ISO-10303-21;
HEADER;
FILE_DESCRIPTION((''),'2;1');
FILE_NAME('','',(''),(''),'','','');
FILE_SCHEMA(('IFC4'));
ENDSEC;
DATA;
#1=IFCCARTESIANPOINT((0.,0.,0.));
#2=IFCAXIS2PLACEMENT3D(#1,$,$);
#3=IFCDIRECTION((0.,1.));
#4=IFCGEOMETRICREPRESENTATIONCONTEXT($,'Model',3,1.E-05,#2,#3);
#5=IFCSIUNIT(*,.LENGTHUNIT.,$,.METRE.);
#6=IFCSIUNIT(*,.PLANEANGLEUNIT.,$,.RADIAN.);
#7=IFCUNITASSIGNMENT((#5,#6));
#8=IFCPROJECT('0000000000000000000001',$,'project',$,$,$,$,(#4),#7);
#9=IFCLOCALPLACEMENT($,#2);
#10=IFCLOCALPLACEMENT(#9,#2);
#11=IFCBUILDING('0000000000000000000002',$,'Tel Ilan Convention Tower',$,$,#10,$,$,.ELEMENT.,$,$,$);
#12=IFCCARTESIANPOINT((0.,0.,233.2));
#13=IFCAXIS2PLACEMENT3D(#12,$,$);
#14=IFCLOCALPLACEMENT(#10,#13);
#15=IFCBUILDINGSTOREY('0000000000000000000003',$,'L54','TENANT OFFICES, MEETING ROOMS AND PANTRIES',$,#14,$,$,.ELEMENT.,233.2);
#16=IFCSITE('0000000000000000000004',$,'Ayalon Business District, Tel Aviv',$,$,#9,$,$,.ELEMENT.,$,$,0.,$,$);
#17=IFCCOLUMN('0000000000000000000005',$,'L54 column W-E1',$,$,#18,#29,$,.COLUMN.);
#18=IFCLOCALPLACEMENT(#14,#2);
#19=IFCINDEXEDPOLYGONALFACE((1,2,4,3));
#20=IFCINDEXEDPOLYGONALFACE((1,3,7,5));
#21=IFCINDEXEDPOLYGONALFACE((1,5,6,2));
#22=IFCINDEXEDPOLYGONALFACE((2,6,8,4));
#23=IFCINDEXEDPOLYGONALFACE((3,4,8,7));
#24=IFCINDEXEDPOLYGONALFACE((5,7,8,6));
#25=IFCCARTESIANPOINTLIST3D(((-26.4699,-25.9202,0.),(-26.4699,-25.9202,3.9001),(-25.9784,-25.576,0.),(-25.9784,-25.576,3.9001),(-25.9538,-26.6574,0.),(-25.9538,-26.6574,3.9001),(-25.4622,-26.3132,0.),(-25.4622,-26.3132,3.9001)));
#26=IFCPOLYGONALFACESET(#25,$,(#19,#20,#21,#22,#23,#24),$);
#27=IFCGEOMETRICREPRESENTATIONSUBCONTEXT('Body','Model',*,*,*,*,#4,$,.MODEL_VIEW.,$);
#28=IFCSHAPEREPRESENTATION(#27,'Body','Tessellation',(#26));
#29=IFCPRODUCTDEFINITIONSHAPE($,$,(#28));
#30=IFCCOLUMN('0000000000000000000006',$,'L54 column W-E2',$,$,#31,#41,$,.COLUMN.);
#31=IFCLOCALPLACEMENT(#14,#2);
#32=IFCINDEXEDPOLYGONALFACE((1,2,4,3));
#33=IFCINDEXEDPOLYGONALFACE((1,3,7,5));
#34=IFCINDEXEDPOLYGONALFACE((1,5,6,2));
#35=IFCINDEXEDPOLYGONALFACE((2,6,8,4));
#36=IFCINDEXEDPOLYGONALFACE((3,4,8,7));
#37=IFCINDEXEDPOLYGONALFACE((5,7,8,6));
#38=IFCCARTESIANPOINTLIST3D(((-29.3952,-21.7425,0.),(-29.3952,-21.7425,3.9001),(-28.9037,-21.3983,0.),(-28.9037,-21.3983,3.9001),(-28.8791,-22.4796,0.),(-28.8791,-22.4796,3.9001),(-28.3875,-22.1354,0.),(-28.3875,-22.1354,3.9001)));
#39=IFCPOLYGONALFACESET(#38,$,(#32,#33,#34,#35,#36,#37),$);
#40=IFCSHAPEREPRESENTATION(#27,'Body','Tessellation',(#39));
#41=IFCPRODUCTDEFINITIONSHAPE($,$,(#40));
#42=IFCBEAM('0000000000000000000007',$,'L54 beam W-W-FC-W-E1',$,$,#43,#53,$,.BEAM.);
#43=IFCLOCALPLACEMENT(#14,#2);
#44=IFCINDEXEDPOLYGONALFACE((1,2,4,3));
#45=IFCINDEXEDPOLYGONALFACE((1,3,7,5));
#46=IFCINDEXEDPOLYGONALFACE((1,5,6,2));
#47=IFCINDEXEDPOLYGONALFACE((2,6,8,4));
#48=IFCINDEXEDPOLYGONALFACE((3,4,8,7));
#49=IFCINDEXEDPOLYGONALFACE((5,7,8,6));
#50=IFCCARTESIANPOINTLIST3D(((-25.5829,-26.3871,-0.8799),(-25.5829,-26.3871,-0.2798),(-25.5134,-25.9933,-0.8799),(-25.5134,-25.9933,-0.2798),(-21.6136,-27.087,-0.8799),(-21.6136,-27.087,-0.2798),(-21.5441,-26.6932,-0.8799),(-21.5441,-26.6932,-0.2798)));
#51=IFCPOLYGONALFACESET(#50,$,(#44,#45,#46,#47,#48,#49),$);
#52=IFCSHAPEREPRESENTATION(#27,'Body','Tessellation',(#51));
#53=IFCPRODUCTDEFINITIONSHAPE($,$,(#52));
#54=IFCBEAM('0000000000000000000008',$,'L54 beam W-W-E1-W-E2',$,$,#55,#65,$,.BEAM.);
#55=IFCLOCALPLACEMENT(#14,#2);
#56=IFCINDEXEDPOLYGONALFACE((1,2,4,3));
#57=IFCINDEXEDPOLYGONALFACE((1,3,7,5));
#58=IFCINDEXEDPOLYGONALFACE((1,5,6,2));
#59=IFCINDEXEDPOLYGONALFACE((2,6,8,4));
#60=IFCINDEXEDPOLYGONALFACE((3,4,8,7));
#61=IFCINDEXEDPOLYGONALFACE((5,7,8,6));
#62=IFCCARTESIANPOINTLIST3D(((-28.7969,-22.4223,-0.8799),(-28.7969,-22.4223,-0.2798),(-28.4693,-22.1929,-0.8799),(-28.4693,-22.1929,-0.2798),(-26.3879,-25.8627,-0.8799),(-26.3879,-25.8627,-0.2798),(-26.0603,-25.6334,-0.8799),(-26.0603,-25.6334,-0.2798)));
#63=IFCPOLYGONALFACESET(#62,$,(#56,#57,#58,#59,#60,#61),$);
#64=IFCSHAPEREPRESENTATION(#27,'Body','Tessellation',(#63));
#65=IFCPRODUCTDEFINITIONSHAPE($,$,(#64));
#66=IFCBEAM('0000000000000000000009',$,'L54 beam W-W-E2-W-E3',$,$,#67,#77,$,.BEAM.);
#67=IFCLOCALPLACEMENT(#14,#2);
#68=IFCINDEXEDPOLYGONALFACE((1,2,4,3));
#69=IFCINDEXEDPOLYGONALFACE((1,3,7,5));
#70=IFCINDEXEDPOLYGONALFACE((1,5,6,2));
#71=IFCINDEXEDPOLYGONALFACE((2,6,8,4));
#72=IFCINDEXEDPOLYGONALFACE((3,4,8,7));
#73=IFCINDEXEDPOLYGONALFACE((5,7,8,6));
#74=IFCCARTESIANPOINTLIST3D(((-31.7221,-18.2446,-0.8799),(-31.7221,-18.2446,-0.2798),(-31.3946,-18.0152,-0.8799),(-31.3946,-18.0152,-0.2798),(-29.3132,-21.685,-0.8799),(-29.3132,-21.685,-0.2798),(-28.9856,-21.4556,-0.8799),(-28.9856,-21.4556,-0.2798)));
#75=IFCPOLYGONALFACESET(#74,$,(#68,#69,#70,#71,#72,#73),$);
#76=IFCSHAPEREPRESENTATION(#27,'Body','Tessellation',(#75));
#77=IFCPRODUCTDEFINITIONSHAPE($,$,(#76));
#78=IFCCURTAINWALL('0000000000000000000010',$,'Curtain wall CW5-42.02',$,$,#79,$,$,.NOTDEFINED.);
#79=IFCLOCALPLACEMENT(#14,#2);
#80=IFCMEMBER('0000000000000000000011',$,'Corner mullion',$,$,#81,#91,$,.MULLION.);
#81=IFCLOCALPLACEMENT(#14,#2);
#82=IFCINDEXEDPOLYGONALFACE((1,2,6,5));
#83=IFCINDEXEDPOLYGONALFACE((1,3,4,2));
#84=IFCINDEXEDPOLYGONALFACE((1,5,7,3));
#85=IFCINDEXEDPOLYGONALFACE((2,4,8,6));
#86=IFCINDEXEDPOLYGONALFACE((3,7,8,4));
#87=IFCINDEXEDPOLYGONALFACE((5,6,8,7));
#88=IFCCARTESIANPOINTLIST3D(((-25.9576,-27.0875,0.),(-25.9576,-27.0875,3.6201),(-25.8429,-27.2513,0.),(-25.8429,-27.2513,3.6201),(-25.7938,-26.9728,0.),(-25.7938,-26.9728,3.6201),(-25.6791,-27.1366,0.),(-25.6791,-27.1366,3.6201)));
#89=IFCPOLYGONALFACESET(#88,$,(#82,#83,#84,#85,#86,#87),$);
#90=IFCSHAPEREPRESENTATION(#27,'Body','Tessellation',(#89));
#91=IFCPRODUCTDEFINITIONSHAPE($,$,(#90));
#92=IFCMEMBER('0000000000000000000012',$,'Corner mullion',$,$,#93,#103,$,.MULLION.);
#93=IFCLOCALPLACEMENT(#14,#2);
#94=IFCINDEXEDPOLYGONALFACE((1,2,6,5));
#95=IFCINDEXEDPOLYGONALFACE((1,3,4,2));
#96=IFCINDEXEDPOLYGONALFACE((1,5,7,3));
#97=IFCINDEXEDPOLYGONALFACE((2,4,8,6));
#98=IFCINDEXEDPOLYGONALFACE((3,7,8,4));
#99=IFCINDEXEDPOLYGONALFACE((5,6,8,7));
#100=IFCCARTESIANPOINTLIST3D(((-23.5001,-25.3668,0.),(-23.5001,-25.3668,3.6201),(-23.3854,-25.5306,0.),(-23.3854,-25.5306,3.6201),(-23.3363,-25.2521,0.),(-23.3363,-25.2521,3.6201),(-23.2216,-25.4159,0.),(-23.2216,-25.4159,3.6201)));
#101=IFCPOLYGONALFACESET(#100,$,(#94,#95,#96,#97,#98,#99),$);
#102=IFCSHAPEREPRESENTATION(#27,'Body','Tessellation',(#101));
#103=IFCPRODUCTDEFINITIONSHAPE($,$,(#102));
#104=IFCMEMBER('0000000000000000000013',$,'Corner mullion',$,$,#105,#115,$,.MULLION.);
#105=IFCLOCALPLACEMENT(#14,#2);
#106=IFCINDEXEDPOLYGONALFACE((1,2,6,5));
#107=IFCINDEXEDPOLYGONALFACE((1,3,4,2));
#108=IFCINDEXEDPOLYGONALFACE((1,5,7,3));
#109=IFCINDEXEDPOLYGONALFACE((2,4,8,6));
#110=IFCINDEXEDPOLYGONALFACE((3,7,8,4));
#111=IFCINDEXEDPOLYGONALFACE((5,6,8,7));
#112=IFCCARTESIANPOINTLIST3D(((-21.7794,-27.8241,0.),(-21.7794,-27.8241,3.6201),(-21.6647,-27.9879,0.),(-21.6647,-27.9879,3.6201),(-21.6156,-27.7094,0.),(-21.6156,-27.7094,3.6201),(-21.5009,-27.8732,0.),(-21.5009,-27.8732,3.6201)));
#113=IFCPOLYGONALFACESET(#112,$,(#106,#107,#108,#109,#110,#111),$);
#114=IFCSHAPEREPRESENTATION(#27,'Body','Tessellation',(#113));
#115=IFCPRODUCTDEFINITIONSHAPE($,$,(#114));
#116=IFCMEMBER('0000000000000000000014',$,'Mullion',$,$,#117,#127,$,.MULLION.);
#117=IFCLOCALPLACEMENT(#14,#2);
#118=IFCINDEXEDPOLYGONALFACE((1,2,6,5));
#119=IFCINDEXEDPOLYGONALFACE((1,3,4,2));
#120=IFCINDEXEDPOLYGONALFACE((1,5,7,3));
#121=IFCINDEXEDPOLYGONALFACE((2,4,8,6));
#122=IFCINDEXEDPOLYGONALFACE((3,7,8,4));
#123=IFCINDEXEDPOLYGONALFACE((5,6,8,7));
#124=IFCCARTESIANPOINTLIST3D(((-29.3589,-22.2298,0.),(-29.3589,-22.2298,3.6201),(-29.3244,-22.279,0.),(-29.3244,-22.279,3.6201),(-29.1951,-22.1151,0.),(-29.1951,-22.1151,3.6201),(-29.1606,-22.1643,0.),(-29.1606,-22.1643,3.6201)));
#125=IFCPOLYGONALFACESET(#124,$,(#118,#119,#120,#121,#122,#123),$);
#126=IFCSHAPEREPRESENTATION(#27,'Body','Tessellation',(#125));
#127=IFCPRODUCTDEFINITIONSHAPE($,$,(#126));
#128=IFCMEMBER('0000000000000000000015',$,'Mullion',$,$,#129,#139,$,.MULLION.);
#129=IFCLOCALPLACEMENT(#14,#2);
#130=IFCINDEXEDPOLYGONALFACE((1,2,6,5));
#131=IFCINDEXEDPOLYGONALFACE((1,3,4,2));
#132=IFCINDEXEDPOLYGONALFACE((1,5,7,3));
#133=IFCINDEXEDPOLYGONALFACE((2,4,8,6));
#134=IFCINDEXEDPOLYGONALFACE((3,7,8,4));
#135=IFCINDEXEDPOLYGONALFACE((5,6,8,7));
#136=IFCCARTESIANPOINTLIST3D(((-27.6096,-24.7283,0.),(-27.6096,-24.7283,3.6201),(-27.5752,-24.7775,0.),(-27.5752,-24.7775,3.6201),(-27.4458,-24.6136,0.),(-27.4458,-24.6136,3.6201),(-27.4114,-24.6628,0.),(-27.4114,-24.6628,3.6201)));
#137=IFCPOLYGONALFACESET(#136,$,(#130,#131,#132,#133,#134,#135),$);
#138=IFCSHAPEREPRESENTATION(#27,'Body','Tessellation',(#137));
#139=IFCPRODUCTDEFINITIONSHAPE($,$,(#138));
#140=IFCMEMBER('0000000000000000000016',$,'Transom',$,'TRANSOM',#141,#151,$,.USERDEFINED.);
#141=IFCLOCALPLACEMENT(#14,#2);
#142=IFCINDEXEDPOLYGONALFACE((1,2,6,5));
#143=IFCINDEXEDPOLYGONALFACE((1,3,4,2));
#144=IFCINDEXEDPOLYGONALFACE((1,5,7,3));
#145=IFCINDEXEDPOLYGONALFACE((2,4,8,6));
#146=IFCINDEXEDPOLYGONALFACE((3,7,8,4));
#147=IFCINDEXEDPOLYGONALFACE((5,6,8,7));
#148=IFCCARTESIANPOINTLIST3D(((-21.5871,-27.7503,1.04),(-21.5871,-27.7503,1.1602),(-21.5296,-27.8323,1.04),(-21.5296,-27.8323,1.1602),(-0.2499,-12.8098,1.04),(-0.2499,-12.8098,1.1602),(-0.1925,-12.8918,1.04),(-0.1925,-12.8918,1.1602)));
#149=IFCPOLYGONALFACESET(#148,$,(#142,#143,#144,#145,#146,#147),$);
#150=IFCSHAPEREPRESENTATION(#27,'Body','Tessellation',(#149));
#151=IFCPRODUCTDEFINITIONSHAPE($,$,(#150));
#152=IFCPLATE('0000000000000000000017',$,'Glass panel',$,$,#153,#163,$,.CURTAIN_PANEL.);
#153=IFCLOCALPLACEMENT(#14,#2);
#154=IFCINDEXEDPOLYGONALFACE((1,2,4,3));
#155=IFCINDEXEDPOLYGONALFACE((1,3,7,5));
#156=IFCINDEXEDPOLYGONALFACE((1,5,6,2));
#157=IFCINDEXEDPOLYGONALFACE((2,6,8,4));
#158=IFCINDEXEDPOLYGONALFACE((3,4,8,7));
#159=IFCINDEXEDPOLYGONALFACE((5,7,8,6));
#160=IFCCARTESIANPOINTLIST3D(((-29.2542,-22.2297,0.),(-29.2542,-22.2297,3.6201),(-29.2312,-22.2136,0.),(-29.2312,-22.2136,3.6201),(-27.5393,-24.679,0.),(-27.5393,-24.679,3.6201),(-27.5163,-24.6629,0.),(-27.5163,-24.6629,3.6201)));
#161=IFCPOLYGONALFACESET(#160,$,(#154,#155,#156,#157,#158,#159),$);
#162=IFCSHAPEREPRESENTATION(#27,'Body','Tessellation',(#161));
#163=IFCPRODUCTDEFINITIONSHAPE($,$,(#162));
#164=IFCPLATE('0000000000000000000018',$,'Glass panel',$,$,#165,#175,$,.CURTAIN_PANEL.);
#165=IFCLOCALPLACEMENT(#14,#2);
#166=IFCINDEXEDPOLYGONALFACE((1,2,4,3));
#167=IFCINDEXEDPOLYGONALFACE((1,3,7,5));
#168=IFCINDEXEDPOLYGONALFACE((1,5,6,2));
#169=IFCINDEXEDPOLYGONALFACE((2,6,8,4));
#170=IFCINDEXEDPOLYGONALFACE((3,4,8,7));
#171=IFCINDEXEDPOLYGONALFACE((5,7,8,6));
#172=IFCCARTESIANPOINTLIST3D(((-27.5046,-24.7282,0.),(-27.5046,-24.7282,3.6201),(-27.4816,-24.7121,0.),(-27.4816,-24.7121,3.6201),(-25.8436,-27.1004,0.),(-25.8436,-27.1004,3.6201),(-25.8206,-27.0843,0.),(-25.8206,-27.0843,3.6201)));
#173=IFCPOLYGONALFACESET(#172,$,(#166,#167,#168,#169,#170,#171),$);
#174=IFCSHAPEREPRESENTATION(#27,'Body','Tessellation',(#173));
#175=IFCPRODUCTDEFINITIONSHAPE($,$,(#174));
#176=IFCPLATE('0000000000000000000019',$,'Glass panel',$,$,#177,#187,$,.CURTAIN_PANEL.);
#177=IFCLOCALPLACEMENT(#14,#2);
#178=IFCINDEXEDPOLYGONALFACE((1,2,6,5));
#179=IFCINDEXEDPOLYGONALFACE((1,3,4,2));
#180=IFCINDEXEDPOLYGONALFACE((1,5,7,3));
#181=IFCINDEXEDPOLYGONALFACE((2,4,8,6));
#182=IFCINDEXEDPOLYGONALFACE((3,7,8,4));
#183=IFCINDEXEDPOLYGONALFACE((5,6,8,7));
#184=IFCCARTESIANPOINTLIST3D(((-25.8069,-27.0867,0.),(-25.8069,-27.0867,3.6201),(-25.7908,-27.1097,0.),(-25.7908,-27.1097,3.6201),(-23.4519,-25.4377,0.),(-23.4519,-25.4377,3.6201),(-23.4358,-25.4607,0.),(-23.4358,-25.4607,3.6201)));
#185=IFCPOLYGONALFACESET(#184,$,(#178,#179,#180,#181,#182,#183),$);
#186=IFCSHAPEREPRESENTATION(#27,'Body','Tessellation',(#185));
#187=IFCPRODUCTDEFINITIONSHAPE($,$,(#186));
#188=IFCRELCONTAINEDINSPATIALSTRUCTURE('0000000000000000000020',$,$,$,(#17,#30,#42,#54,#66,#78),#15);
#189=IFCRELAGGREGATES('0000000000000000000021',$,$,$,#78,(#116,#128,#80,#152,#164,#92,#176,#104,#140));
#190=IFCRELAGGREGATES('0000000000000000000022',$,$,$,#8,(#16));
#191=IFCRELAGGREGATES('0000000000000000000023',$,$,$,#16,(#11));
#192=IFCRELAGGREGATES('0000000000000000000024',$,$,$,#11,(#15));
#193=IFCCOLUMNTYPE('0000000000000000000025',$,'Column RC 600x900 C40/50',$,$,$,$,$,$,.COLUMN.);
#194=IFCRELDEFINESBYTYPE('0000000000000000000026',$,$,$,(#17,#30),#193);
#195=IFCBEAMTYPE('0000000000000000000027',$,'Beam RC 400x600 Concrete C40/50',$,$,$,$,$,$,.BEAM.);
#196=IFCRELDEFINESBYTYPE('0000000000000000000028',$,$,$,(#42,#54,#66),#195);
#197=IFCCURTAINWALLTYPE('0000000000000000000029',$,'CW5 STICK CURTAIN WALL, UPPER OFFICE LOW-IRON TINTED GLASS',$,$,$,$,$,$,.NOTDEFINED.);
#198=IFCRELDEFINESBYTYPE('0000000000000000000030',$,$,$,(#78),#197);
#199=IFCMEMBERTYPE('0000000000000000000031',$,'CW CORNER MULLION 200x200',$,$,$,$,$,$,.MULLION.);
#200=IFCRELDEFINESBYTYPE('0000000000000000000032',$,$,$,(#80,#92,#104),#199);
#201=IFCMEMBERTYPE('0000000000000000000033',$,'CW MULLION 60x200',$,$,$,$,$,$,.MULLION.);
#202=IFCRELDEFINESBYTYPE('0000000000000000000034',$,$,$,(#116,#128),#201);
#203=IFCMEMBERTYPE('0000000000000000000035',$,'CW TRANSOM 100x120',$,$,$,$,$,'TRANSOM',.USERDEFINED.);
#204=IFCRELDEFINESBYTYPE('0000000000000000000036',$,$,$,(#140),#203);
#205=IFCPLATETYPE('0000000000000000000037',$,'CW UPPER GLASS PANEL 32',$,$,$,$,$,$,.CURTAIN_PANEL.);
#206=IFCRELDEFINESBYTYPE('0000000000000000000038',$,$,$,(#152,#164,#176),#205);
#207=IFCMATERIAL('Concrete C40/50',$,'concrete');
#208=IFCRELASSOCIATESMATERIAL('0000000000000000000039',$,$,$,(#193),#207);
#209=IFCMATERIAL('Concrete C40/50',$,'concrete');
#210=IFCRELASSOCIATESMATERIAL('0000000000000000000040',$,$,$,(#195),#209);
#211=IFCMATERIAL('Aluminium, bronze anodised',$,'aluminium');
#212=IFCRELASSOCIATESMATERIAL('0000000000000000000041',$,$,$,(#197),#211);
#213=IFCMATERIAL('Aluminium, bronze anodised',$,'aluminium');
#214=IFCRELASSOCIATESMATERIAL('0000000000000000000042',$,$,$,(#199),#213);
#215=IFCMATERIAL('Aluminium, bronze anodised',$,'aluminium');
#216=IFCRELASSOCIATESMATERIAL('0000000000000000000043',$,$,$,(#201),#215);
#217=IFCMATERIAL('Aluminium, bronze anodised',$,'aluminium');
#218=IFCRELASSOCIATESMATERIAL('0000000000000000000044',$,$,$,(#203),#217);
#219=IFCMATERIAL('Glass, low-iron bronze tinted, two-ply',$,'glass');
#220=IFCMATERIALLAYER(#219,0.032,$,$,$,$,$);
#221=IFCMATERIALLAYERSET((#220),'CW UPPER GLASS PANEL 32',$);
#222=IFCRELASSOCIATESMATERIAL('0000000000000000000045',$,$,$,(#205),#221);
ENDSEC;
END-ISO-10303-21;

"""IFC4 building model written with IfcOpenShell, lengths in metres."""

from ifc_helpers import new_model, si_unit, direction, frame, origin, origin_2d, place, context, subcontext, project, spatial, rectangle, extrude, material, layer, layer_set, material_profile, profile_set, type_object, element, aggregate, save


model = new_model("IFC4")

# Units and contexts
model_context = context("Model", 3, precision=1e-05, world=origin(), true_north=direction((0.0, 1.0)))
body_context = subcontext(model_context, "Body", "Model", "MODEL_VIEW")
ifc_project = project(units=[si_unit("LENGTHUNIT", "METRE"), si_unit("PLANEANGLEUNIT", "RADIAN")], contexts=[model_context])

# Site, building, storey
site_placement = place(None, origin())
site = spatial("IfcSite", under=ifc_project, at=site_placement, Name="Ayalon Business District, Tel Aviv", CompositionType="ELEMENT", RefElevation=0.0)
building_placement = place(site_placement, origin())
building = spatial("IfcBuilding", under=site, at=building_placement, Name="Tel Ilan Convention Tower", CompositionType="ELEMENT")
storey_placement = place(building_placement, frame((0.0, 0.0, 233.2)))
storey = spatial("IfcBuildingStorey", under=building, at=storey_placement, Name="L54", Description="TENANT OFFICES, MEETING ROOMS AND PANTRIES", CompositionType="ELEMENT", Elevation=233.2)

# Columns
ifc_material_1 = material(Name="Concrete C40/50", Category="concrete")
ifc_material_profile_1 = material_profile(ifc_material_1, rectangle(XDim=0.8999, YDim=0.6001, at=origin_2d()), Name="RC 600x900")
ifc_profile_set_1 = profile_set([ifc_material_profile_1], Name="Concrete C40/50")
column_type = type_object("IfcColumnType", Name="Column RC 600x900 C40/50", PredefinedType="COLUMN", material=ifc_profile_set_1)
for number, where, z_axis, x_axis, name in (
    (1, (-25.9661, -26.1167, 0.0), (0.0, 0.0, 1.0), (-0.573576, 0.819152, 0.0), "L54 column W-E1"),
    (2, (-28.8914, -21.939, 0.0), (0.0, 0.0, 1.0), (-0.573576, 0.819152, 0.0), "L54 column W-E2"),
):
    element("IfcColumn", number, at=place(storey_placement, frame(where, z_axis=z_axis, x_axis=x_axis)), inside=storey, type_object=column_type, Name=name, PredefinedType="COLUMN", context=body_context, shape_type="SweptSolid", body=[
        extrude(rectangle(XDim=0.8999, YDim=0.6001, at=origin_2d()), origin(), (0.0, 0.0, 1.0), 3.9001),
    ])

# Beams
ifc_material_2 = material(Name="Concrete C40/50", Category="concrete")
ifc_material_profile_2 = material_profile(ifc_material_2, rectangle(XDim=0.3999, YDim=0.6001, at=origin_2d()), Name="RC 400x600")
ifc_profile_set_2 = profile_set([ifc_material_profile_2], Name="Concrete C40/50")
beam_type = type_object("IfcBeamType", Name="Beam RC 400x600 Concrete C40/50", PredefinedType="BEAM", material=ifc_profile_set_2)
beam_placement = place(storey_placement, frame((-21.5789, -26.8901, -0.5798), z_axis=(-0.984805, 0.173664, 0.0), x_axis=(-0.173664, -0.984805, 0.0)))
element("IfcBeam", 3, at=beam_placement, inside=storey, type_object=beam_type, Name="L54 beam W-W-FC-W-E1", PredefinedType="BEAM", context=body_context, shape_type="SweptSolid", body=[
    extrude(rectangle(XDim=0.3999, YDim=0.6001, at=origin_2d()), origin(), (0.0, 0.0, 1.0), 4.0305),
])
for number, where, z_axis, x_axis, name in (
    (4, (-26.2241, -25.748, -0.5798), (-0.573564, 0.819161, 0.0), (-0.819161, -0.573564, 0.0), "L54 beam W-W-E1-W-E2"),
    (5, (-29.1494, -21.5703, -0.5798), (-0.573564, 0.819161, 0.0), (-0.819161, -0.573564, 0.0), "L54 beam W-W-E2-W-E3"),
):
    element("IfcBeam", number, at=place(storey_placement, frame(where, z_axis=z_axis, x_axis=x_axis)), inside=storey, type_object=beam_type, Name=name, PredefinedType="BEAM", context=body_context, shape_type="SweptSolid", body=[
        extrude(rectangle(XDim=0.3999, YDim=0.6001, at=origin_2d()), origin(), (0.0, 0.0, 1.0), 4.2),
    ])

# Curtain wall, members, plates
ifc_material_3 = material(Name="Aluminium, bronze anodised", Category="aluminium")
curtain_wall_type = type_object("IfcCurtainWallType", Name="CW5 STICK CURTAIN WALL, UPPER OFFICE LOW-IRON TINTED GLASS", PredefinedType="NOTDEFINED", material=ifc_material_3)
curtain_wall_placement = place(storey_placement, origin())
curtain_wall = element("IfcCurtainWall", 6, at=curtain_wall_placement, inside=storey, type_object=curtain_wall_type, Name="Curtain wall CW5-42.02", PredefinedType="NOTDEFINED")
ifc_material_4 = material(Name="Aluminium, bronze anodised", Category="aluminium")
ifc_material_profile_3 = material_profile(ifc_material_4, rectangle(XDim=0.2, YDim=0.2, at=origin_2d()), Name="CW CORNER MULLION 200x200")
ifc_profile_set_3 = profile_set([ifc_material_profile_3], Name="Aluminium, bronze anodised")
member_type_1 = type_object("IfcMemberType", Name="CW CORNER MULLION 200x200", PredefinedType="MULLION", material=ifc_profile_set_3)
member_1_placement = place(storey_placement, frame((-25.8184, -27.1121, 0.0), z_axis=(0.0, 0.0, 1.0), x_axis=(0.573576, -0.819152, 0.0)))
member_1 = element("IfcMember", 7, at=member_1_placement, type_object=member_type_1, Name="Corner mullion", PredefinedType="MULLION", context=body_context, shape_type="SweptSolid", body=[
    extrude(rectangle(XDim=0.2, YDim=0.2, at=origin_2d()), origin(), (0.0, 0.0, 1.0), 3.6201),
])
member_2_placement = place(storey_placement, frame((-23.3608, -25.3914, 0.0), z_axis=(0.0, 0.0, 1.0), x_axis=(0.819152, 0.573576, 0.0)))
member_2 = element("IfcMember", 8, at=member_2_placement, type_object=member_type_1, Name="Corner mullion", PredefinedType="MULLION", context=body_context, shape_type="SweptSolid", body=[
    extrude(rectangle(XDim=0.2, YDim=0.2, at=origin_2d()), origin(), (0.0, 0.0, 1.0), 3.6201),
])
member_3_placement = place(storey_placement, frame((-21.6401, -27.8486, 0.0), z_axis=(0.0, 0.0, 1.0), x_axis=(0.573576, -0.819152, 0.0)))
member_3 = element("IfcMember", 9, at=member_3_placement, type_object=member_type_1, Name="Corner mullion", PredefinedType="MULLION", context=body_context, shape_type="SweptSolid", body=[
    extrude(rectangle(XDim=0.2, YDim=0.2, at=origin_2d()), origin(), (0.0, 0.0, 1.0), 3.6201),
])
ifc_material_5 = material(Name="Aluminium, bronze anodised", Category="aluminium")
ifc_material_profile_4 = material_profile(ifc_material_5, rectangle(XDim=0.0601, YDim=0.2, at=origin_2d()), Name="CW MULLION 60x200")
ifc_profile_set_4 = profile_set([ifc_material_profile_4], Name="Aluminium, bronze anodised")
member_type_2 = type_object("IfcMemberType", Name="CW MULLION 60x200", PredefinedType="MULLION", material=ifc_profile_set_4)
member_4_placement = place(storey_placement, frame((-29.2598, -22.197, 0.0), z_axis=(0.0, 0.0, 1.0), x_axis=(0.573576, -0.819152, 0.0)))
member_4 = element("IfcMember", 10, at=member_4_placement, type_object=member_type_2, Name="Mullion", PredefinedType="MULLION", context=body_context, shape_type="SweptSolid", body=[
    extrude(rectangle(XDim=0.0601, YDim=0.2, at=origin_2d()), origin(), (0.0, 0.0, 1.0), 3.6201),
])
member_5_placement = place(storey_placement, frame((-27.5105, -24.6956, 0.0), z_axis=(0.0, 0.0, 1.0), x_axis=(0.573576, -0.819152, 0.0)))
member_5 = element("IfcMember", 11, at=member_5_placement, type_object=member_type_2, Name="Mullion", PredefinedType="MULLION", context=body_context, shape_type="SweptSolid", body=[
    extrude(rectangle(XDim=0.0601, YDim=0.2, at=origin_2d()), origin(), (0.0, 0.0, 1.0), 3.6201),
])
ifc_material_6 = material(Name="Aluminium, bronze anodised", Category="aluminium")
ifc_material_profile_5 = material_profile(ifc_material_6, rectangle(XDim=0.1001, YDim=0.1201, at=origin_2d()), Name="CW TRANSOM 100x120")
ifc_profile_set_5 = profile_set([ifc_material_profile_5], Name="Aluminium, bronze anodised")
member_type_3 = type_object("IfcMemberType", Name="CW TRANSOM 100x120", ElementType="TRANSOM", PredefinedType="USERDEFINED", material=ifc_profile_set_5)
member_6_placement = place(storey_placement, frame((-21.5583, -27.7913, 1.1001), z_axis=(0.819152, 0.573576, 0.0), x_axis=(-0.573576, 0.819152, 0.0)))
member_6 = element("IfcMember", 12, at=member_6_placement, type_object=member_type_3, Name="Transom", ObjectType="TRANSOM", PredefinedType="USERDEFINED", context=body_context, shape_type="SweptSolid", body=[
    extrude(rectangle(XDim=0.1001, YDim=0.1201, at=origin_2d()), origin(), (0.0, 0.0, 1.0), 26.0479),
])
ifc_material_7 = material(Name="Glass, low-iron bronze tinted, two-ply", Category="glass")
ifc_layer_1 = layer(ifc_material_7, 0.032)
ifc_layer_set_1 = layer_set([ifc_layer_1], Name="CW UPPER GLASS PANEL 32")
plate_type = type_object("IfcPlateType", Name="CW UPPER GLASS PANEL 32", PredefinedType="CURTAIN_PANEL", material=ifc_layer_set_1)
plate_1_placement = place(storey_placement, frame((-28.3853, -23.4463, 0.0), z_axis=(0.0, 0.0, 1.0), x_axis=(0.573576, -0.819152, 0.0)))
plate_1 = element("IfcPlate", 13, at=plate_1_placement, type_object=plate_type, Name="Glass panel", PredefinedType="CURTAIN_PANEL", context=body_context, shape_type="SweptSolid", body=[
    extrude(rectangle(XDim=2.99, YDim=0.0281, at=origin_2d()), origin(), (0.0, 0.0, 1.0), 3.6201),
])
plate_2_placement = place(storey_placement, frame((-26.6626, -25.9062, 0.0), z_axis=(0.0, 0.0, 1.0), x_axis=(0.573576, -0.819152, 0.0)))
plate_2 = element("IfcPlate", 14, at=plate_2_placement, type_object=plate_type, Name="Glass panel", PredefinedType="CURTAIN_PANEL", context=body_context, shape_type="SweptSolid", body=[
    extrude(rectangle(XDim=2.896, YDim=0.0281, at=origin_2d()), origin(), (0.0, 0.0, 1.0), 3.6201),
])
plate_3_placement = place(storey_placement, frame((-24.6213, -26.2737, 0.0), z_axis=(0.0, 0.0, 1.0), x_axis=(0.819152, 0.573576, 0.0)))
plate_3 = element("IfcPlate", 15, at=plate_3_placement, type_object=plate_type, Name="Glass panel", PredefinedType="CURTAIN_PANEL", context=body_context, shape_type="SweptSolid", body=[
    extrude(rectangle(XDim=2.875, YDim=0.0281, at=origin_2d()), origin(), (0.0, 0.0, 1.0), 3.6201),
])
aggregate(curtain_wall, [member_4, member_5, member_1, plate_1, plate_2, member_2, plate_3, member_3, member_6])

save(model, "model.ifc")
